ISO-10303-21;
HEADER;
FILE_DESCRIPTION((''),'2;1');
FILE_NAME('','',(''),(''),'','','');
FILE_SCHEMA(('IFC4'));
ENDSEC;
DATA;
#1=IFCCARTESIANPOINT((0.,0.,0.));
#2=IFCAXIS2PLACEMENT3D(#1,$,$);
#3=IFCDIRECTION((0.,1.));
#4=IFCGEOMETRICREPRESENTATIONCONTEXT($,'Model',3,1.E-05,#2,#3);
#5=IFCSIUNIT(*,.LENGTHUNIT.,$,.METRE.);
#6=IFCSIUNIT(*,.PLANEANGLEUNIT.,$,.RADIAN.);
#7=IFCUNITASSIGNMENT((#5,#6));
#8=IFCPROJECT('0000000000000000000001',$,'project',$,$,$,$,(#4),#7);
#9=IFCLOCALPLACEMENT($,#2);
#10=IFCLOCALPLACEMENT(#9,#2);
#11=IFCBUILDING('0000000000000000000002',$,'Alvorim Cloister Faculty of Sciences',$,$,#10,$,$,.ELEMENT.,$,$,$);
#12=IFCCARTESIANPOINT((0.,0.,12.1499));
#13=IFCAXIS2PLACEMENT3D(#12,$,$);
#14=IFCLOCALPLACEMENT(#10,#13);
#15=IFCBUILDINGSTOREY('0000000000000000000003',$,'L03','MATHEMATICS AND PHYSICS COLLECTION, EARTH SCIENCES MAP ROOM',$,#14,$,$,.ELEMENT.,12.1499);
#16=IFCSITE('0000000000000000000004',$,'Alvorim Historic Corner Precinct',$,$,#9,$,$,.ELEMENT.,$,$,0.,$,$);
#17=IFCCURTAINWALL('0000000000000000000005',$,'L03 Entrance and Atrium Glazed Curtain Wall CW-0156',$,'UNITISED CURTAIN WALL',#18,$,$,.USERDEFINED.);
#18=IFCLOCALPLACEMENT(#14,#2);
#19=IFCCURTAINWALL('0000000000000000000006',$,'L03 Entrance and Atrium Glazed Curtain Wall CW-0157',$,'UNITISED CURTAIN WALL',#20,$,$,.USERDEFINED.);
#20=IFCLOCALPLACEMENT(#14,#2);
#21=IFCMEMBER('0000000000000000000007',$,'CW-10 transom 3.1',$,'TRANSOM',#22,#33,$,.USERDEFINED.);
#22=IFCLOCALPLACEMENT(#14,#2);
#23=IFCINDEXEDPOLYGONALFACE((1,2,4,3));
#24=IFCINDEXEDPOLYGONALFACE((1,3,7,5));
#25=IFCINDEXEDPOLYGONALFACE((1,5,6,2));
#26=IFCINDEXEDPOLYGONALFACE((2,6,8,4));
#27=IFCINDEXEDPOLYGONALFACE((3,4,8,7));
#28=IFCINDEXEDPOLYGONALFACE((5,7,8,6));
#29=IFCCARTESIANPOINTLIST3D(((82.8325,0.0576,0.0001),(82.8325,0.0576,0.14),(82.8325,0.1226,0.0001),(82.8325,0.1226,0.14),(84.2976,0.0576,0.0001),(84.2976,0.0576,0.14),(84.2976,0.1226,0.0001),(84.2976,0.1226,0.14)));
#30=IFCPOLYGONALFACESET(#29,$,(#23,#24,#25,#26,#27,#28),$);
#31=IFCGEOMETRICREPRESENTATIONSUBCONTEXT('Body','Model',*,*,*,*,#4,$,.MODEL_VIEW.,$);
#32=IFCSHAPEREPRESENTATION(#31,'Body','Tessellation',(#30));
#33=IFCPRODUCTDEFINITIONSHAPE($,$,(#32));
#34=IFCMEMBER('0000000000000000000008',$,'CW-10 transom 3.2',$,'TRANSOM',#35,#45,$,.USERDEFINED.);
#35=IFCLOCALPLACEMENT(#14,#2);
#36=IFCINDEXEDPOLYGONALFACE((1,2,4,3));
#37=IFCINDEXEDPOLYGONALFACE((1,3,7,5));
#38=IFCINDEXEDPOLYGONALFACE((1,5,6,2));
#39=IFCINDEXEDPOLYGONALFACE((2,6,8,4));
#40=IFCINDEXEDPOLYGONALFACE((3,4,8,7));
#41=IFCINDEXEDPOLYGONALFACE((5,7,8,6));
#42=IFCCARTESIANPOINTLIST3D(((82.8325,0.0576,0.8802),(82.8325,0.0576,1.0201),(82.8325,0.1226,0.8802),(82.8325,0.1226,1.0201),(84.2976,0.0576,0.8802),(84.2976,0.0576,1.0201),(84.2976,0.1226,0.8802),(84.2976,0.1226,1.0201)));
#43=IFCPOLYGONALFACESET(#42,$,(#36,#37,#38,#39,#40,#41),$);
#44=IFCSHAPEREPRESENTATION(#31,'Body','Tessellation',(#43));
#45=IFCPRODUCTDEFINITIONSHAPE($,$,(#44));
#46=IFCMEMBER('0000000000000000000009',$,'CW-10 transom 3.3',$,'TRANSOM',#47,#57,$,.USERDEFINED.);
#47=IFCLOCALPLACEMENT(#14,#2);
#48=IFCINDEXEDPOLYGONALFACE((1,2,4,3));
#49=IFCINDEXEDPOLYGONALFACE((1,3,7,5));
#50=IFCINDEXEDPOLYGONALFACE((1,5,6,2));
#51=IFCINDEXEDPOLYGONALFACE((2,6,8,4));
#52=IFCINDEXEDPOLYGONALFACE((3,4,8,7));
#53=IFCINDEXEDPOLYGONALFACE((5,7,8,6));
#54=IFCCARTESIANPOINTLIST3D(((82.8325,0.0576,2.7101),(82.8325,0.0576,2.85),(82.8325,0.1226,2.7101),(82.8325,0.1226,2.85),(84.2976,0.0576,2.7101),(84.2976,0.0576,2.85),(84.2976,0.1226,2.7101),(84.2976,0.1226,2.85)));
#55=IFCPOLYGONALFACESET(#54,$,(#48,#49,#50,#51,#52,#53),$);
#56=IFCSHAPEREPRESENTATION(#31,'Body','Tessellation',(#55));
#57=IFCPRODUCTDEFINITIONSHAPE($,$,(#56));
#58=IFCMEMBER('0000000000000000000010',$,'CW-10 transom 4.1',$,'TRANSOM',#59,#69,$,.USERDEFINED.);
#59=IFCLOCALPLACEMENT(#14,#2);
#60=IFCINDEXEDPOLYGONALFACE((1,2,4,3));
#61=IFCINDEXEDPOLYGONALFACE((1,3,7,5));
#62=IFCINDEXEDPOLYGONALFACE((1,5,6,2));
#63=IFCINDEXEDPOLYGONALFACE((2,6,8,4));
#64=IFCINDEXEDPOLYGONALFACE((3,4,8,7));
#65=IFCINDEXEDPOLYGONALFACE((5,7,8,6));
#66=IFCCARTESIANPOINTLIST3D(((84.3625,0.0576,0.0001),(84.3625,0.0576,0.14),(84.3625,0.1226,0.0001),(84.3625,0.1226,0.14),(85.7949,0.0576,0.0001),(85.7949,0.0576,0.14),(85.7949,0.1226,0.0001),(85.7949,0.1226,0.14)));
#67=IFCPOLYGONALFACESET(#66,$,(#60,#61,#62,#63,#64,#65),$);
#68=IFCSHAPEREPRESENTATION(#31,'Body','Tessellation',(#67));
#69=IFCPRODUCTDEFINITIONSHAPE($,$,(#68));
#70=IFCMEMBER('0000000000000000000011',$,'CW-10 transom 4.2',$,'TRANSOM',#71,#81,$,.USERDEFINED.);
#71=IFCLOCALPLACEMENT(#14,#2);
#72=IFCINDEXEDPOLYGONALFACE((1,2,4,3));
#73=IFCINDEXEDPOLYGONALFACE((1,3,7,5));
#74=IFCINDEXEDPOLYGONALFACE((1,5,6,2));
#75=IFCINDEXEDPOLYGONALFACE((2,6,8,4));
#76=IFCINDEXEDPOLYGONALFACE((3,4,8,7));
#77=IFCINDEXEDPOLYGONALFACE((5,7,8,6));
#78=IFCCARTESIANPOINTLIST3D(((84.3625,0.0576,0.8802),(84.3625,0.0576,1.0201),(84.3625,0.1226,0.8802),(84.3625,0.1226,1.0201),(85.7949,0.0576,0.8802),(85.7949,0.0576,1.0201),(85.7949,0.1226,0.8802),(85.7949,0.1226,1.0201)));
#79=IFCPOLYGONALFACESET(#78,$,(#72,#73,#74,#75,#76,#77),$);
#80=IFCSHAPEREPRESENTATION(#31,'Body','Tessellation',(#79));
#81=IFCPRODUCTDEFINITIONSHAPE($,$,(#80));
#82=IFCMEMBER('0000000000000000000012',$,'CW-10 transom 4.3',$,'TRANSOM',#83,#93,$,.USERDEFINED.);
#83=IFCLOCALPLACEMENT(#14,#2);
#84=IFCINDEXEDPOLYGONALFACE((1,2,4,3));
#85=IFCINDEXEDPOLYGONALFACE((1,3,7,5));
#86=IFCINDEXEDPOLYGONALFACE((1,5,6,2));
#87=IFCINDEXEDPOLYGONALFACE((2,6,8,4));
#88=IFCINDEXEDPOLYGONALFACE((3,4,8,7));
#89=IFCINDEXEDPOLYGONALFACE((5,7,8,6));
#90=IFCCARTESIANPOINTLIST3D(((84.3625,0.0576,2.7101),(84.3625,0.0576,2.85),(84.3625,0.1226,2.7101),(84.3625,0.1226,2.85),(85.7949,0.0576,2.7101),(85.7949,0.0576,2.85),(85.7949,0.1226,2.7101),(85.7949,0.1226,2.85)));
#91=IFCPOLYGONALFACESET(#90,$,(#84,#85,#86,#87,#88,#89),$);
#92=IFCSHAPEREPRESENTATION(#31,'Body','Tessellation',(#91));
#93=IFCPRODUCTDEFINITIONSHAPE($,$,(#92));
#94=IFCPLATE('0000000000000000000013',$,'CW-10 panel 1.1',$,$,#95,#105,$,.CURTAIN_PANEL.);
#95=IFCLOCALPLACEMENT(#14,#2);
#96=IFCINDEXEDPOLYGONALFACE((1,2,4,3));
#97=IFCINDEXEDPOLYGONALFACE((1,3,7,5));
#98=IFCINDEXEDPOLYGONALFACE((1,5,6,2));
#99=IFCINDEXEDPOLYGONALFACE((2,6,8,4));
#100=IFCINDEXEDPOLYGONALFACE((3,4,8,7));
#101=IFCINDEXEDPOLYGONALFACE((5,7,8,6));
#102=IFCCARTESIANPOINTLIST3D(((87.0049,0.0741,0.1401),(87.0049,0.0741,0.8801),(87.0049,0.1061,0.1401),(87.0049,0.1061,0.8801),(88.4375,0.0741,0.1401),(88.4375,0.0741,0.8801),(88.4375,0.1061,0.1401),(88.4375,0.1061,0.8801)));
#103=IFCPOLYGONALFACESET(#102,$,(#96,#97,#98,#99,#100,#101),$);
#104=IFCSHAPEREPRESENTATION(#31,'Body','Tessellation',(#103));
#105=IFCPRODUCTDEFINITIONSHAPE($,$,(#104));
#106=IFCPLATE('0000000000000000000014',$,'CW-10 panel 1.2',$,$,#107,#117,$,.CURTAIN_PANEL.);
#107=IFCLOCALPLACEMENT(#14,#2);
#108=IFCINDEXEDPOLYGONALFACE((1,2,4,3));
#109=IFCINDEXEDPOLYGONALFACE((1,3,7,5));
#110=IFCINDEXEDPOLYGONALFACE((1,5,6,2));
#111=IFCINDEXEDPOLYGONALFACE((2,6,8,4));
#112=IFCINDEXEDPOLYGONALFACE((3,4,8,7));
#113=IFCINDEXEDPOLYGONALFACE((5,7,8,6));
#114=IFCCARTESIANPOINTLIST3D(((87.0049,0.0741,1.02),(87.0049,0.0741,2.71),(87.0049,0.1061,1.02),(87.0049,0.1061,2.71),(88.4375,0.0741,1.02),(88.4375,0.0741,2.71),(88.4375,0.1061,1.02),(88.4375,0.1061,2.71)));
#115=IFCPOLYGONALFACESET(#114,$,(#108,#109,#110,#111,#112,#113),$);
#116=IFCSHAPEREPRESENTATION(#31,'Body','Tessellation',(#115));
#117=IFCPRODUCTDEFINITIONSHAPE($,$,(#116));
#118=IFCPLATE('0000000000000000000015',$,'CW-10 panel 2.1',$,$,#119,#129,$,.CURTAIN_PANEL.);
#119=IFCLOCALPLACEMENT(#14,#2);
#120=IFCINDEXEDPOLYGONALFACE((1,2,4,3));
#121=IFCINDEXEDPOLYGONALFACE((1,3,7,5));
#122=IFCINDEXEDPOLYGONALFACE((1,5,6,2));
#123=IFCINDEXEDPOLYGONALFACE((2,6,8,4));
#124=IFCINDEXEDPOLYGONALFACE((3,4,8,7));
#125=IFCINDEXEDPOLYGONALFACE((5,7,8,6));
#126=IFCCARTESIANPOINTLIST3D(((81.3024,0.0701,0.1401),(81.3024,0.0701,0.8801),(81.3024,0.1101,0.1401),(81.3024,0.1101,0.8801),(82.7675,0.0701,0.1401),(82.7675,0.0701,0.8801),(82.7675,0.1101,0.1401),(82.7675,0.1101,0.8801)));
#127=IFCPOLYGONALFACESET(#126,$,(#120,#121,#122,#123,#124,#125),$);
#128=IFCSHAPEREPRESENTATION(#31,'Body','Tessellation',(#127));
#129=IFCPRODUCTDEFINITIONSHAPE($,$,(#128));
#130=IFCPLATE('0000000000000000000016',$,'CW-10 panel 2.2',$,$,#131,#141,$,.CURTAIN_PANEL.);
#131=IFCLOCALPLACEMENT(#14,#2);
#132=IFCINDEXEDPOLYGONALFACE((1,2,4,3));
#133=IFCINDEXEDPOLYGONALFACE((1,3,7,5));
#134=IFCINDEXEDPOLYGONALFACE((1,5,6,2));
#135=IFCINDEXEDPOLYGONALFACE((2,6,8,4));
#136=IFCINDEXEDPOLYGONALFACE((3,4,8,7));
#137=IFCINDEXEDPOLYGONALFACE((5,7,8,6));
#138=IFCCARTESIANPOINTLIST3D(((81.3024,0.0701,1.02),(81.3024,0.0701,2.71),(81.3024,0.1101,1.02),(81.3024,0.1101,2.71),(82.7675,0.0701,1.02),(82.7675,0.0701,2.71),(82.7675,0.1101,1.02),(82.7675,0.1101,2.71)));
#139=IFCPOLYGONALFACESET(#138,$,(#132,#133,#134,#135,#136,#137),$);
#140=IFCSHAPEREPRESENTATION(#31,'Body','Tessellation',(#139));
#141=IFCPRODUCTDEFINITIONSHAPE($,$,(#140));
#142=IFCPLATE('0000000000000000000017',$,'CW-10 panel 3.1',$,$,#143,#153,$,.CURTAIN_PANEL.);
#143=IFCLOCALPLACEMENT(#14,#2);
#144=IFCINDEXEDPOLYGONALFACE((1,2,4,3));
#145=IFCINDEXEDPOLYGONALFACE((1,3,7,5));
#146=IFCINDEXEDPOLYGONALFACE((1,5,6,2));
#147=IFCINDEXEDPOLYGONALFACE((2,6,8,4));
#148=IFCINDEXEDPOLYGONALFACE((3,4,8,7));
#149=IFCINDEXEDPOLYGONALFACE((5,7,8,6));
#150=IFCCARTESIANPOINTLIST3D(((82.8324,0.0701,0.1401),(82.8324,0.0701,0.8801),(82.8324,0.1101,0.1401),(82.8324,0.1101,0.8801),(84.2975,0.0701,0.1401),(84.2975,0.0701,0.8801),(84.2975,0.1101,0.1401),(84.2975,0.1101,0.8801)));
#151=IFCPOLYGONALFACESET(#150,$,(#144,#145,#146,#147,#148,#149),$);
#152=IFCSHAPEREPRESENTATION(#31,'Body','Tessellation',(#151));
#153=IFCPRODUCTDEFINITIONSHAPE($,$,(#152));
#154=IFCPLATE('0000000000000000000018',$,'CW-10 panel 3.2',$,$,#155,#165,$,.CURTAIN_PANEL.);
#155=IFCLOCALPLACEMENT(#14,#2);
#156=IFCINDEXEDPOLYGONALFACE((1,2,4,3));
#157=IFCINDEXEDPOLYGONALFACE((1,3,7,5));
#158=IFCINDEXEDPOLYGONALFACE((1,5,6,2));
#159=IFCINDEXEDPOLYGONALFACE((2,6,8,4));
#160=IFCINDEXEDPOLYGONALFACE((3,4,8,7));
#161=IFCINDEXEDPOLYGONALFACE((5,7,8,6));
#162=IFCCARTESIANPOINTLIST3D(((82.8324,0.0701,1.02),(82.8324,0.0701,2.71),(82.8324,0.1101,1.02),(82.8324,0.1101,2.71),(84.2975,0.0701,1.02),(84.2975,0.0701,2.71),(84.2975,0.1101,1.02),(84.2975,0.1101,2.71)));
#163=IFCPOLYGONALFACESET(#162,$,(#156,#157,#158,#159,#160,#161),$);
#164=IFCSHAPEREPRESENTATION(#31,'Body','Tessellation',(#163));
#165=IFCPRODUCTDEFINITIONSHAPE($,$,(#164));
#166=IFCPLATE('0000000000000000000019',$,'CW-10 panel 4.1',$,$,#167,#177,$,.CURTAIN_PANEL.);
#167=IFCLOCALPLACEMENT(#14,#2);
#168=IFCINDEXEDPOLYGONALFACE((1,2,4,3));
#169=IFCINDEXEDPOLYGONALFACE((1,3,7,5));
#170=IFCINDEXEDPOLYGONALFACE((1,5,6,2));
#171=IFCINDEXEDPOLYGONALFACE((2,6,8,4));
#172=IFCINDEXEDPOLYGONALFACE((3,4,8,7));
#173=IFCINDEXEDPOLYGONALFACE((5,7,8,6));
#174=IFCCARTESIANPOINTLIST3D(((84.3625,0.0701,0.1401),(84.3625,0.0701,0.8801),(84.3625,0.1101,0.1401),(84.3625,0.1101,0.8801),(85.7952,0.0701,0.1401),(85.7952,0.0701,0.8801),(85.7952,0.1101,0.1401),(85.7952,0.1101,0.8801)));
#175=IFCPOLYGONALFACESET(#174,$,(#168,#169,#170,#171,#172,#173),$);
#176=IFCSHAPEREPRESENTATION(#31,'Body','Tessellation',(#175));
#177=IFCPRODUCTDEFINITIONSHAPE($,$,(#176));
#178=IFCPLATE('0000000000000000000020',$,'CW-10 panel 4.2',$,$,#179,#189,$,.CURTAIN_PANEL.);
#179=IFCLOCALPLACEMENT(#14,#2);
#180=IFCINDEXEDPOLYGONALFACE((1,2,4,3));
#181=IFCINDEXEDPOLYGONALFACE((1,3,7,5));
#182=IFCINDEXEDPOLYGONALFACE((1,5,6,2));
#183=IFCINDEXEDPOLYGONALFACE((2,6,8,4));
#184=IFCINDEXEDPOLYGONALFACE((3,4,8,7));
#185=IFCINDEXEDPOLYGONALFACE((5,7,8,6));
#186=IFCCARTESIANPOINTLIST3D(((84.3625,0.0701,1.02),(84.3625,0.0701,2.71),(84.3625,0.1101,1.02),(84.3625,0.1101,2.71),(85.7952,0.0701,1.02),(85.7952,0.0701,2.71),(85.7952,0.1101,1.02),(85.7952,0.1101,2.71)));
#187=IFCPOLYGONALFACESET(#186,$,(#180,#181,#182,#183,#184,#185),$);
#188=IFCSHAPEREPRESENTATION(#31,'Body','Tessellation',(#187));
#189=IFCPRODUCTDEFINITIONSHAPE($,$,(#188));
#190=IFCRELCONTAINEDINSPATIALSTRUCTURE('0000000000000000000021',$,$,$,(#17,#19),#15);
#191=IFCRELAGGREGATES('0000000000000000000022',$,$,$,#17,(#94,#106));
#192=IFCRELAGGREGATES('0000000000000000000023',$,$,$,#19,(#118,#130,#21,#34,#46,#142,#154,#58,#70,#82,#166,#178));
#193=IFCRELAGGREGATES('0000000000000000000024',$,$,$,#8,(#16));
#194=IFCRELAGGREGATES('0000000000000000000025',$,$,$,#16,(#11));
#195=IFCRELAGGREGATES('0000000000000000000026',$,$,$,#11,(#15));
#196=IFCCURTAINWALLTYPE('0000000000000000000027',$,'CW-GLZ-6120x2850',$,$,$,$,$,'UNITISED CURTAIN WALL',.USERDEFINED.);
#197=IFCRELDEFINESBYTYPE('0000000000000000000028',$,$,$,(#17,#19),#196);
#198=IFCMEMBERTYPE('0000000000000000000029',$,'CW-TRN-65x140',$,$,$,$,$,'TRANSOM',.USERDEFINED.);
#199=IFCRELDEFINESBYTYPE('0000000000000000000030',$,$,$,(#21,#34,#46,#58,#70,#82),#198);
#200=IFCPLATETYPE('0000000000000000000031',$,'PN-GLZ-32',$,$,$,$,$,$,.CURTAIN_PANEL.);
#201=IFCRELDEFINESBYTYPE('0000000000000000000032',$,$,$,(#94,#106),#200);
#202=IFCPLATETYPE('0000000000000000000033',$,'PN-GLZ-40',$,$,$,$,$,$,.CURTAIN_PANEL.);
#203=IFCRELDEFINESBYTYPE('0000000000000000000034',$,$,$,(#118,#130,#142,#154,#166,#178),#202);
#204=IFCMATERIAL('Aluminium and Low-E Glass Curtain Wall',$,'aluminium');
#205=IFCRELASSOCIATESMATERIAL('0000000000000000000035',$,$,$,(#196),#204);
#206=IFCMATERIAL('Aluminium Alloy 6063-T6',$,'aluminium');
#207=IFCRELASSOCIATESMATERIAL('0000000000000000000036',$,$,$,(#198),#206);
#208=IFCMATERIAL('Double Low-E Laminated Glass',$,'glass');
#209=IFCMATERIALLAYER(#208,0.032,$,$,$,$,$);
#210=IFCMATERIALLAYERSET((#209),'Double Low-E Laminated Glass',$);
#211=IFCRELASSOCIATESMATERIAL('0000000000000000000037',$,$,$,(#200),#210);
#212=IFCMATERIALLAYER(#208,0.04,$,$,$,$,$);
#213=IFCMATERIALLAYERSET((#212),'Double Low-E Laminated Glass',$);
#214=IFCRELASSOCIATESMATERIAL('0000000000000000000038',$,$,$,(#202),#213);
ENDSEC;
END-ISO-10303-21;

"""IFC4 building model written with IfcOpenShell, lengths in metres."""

from ifc_helpers import new_model, si_unit, direction, frame, origin, origin_2d, place, context, subcontext, project, spatial, rectangle, extrude, material, layer, layer_set, material_profile, profile_set, type_object, element, aggregate, save


model = new_model("IFC4")

# Units and contexts
model_context = context("Model", 3, precision=1e-05, world=origin(), true_north=direction((0.0, 1.0)))
body_context = subcontext(model_context, "Body", "Model", "MODEL_VIEW")
ifc_project = project(units=[si_unit("LENGTHUNIT", "METRE"), si_unit("PLANEANGLEUNIT", "RADIAN")], contexts=[model_context])

# Site, building, storey
site_placement = place(None, origin())
site = spatial("IfcSite", under=ifc_project, at=site_placement, Name="Alvorim Historic Corner Precinct", CompositionType="ELEMENT", RefElevation=0.0)
building_placement = place(site_placement, origin())
building = spatial("IfcBuilding", under=site, at=building_placement, Name="Alvorim Cloister Faculty of Sciences", CompositionType="ELEMENT")
storey_placement = place(building_placement, frame((0.0, 0.0, 12.1499)))
storey = spatial("IfcBuildingStorey", under=building, at=storey_placement, Name="L03", Description="MATHEMATICS AND PHYSICS COLLECTION, EARTH SCIENCES MAP ROOM", CompositionType="ELEMENT", Elevation=12.1499)

# Curtain walls
ifc_material_1 = material(Name="Aluminium and Low-E Glass Curtain Wall", Category="aluminium")
curtain_wall_type = type_object("IfcCurtainWallType", Name="CW-GLZ-6120x2850", ElementType="UNITISED CURTAIN WALL", PredefinedType="USERDEFINED", material=ifc_material_1)
curtain_wall_1_placement = place(storey_placement, origin())
curtain_wall_1 = element("IfcCurtainWall", 1, at=curtain_wall_1_placement, inside=storey, type_object=curtain_wall_type, Name="L03 Entrance and Atrium Glazed Curtain Wall CW-0156", ObjectType="UNITISED CURTAIN WALL", PredefinedType="USERDEFINED")
ifc_material_2 = material(Name="Aluminium Alloy 6063-T6", Category="aluminium")
curtain_wall_2_placement = place(storey_placement, origin())
curtain_wall_2 = element("IfcCurtainWall", 2, at=curtain_wall_2_placement, inside=storey, type_object=curtain_wall_type, Name="L03 Entrance and Atrium Glazed Curtain Wall CW-0157", ObjectType="UNITISED CURTAIN WALL", PredefinedType="USERDEFINED")

# Members
ifc_material_profile_1 = material_profile(ifc_material_2, rectangle(XDim=0.0649, YDim=0.1399, at=origin_2d()), Name="ALU-TRN-65x140")
ifc_profile_set_1 = profile_set([ifc_material_profile_1], Name="Aluminium Alloy 6063-T6")
member_type_1 = type_object("IfcMemberType", Name="CW-TRN-65x140", ElementType="TRANSOM", PredefinedType="USERDEFINED", material=ifc_profile_set_1)
member_1_placement = place(storey_placement, frame((82.8325, 0.0901, 0.0701), z_axis=(1.0, 0.0, 0.0), x_axis=(0.0, 1.0, 0.0)))
member_1 = element("IfcMember", 3, at=member_1_placement, type_object=member_type_1, Name="CW-10 transom 3.1", ObjectType="TRANSOM", PredefinedType="USERDEFINED", context=body_context, shape_type="SweptSolid", body=[
    extrude(rectangle(XDim=0.0649, YDim=0.1399, at=origin_2d()), origin(), (0.0, 0.0, 1.0), 1.4651),
])
member_2_placement = place(storey_placement, frame((82.8325, 0.0901, 0.9502), z_axis=(1.0, 0.0, 0.0), x_axis=(0.0, 1.0, 0.0)))
member_2 = element("IfcMember", 4, at=member_2_placement, type_object=member_type_1, Name="CW-10 transom 3.2", ObjectType="TRANSOM", PredefinedType="USERDEFINED", context=body_context, shape_type="SweptSolid", body=[
    extrude(rectangle(XDim=0.0649, YDim=0.1399, at=origin_2d()), origin(), (0.0, 0.0, 1.0), 1.4651),
])
member_3_placement = place(storey_placement, frame((82.8325, 0.0901, 2.78), z_axis=(1.0, 0.0, 0.0), x_axis=(0.0, 1.0, 0.0)))
member_3 = element("IfcMember", 5, at=member_3_placement, type_object=member_type_1, Name="CW-10 transom 3.3", ObjectType="TRANSOM", PredefinedType="USERDEFINED", context=body_context, shape_type="SweptSolid", body=[
    extrude(rectangle(XDim=0.0649, YDim=0.1399, at=origin_2d()), origin(), (0.0, 0.0, 1.0), 1.4651),
])
member_4_placement = place(storey_placement, frame((84.3625, 0.0901, 0.0701), z_axis=(1.0, 0.0, 0.0), x_axis=(0.0, 1.0, 0.0)))
member_4 = element("IfcMember", 6, at=member_4_placement, type_object=member_type_1, Name="CW-10 transom 4.1", ObjectType="TRANSOM", PredefinedType="USERDEFINED", context=body_context, shape_type="SweptSolid", body=[
    extrude(rectangle(XDim=0.0649, YDim=0.1399, at=origin_2d()), origin(), (0.0, 0.0, 1.0), 1.4324),
])
member_5_placement = place(storey_placement, frame((84.3625, 0.0901, 0.9502), z_axis=(1.0, 0.0, 0.0), x_axis=(0.0, 1.0, 0.0)))
member_5 = element("IfcMember", 7, at=member_5_placement, type_object=member_type_1, Name="CW-10 transom 4.2", ObjectType="TRANSOM", PredefinedType="USERDEFINED", context=body_context, shape_type="SweptSolid", body=[
    extrude(rectangle(XDim=0.0649, YDim=0.1399, at=origin_2d()), origin(), (0.0, 0.0, 1.0), 1.4324),
])
member_6_placement = place(storey_placement, frame((84.3625, 0.0901, 2.78), z_axis=(1.0, 0.0, 0.0), x_axis=(0.0, 1.0, 0.0)))
member_6 = element("IfcMember", 8, at=member_6_placement, type_object=member_type_1, Name="CW-10 transom 4.3", ObjectType="TRANSOM", PredefinedType="USERDEFINED", context=body_context, shape_type="SweptSolid", body=[
    extrude(rectangle(XDim=0.0649, YDim=0.1399, at=origin_2d()), origin(), (0.0, 0.0, 1.0), 1.4324),
])

# Plates
ifc_material_3 = material(Name="Double Low-E Laminated Glass", Category="glass")
ifc_layer_1 = layer(ifc_material_3, 0.032)
ifc_layer_set_1 = layer_set([ifc_layer_1], Name="Double Low-E Laminated Glass")
plate_type_1 = type_object("IfcPlateType", Name="PN-GLZ-32", PredefinedType="CURTAIN_PANEL", material=ifc_layer_set_1)
plate_1_placement = place(storey_placement, frame((87.7212, 0.0901, 0.1401), z_axis=(0.0, 0.0, 1.0), x_axis=(1.0, 0.0, 0.0)))
plate_1 = element("IfcPlate", 9, at=plate_1_placement, type_object=plate_type_1, Name="CW-10 panel 1.1", PredefinedType="CURTAIN_PANEL", context=body_context, shape_type="SweptSolid", body=[
    extrude(rectangle(XDim=1.4326, YDim=0.032, at=origin_2d()), origin(), (0.0, 0.0, 1.0), 0.74),
])
plate_2_placement = place(storey_placement, frame((87.7212, 0.0901, 1.02), z_axis=(0.0, 0.0, 1.0), x_axis=(1.0, 0.0, 0.0)))
plate_2 = element("IfcPlate", 10, at=plate_2_placement, type_object=plate_type_1, Name="CW-10 panel 1.2", PredefinedType="CURTAIN_PANEL", context=body_context, shape_type="SweptSolid", body=[
    extrude(rectangle(XDim=1.4326, YDim=0.032, at=origin_2d()), origin(), (0.0, 0.0, 1.0), 1.6899),
])
aggregate(curtain_wall_1, [plate_1, plate_2])
ifc_layer_2 = layer(ifc_material_3, 0.04)
ifc_layer_set_2 = layer_set([ifc_layer_2], Name="Double Low-E Laminated Glass")
plate_type_2 = type_object("IfcPlateType", Name="PN-GLZ-40", PredefinedType="CURTAIN_PANEL", material=ifc_layer_set_2)
plate_3_placement = place(storey_placement, frame((82.0349, 0.0901, 0.1401), z_axis=(0.0, 0.0, 1.0), x_axis=(1.0, 0.0, 0.0)))
plate_3 = element("IfcPlate", 11, at=plate_3_placement, type_object=plate_type_2, Name="CW-10 panel 2.1", PredefinedType="CURTAIN_PANEL", context=body_context, shape_type="SweptSolid", body=[
    extrude(rectangle(XDim=1.4651, YDim=0.04, at=origin_2d()), origin(), (0.0, 0.0, 1.0), 0.74),
])
plate_4_placement = place(storey_placement, frame((82.0349, 0.0901, 1.02), z_axis=(0.0, 0.0, 1.0), x_axis=(1.0, 0.0, 0.0)))
plate_4 = element("IfcPlate", 12, at=plate_4_placement, type_object=plate_type_2, Name="CW-10 panel 2.2", PredefinedType="CURTAIN_PANEL", context=body_context, shape_type="SweptSolid", body=[
    extrude(rectangle(XDim=1.4651, YDim=0.04, at=origin_2d()), origin(), (0.0, 0.0, 1.0), 1.6899),
])
plate_5_placement = place(storey_placement, frame((83.5649, 0.0901, 0.1401), z_axis=(0.0, 0.0, 1.0), x_axis=(1.0, 0.0, 0.0)))
plate_5 = element("IfcPlate", 13, at=plate_5_placement, type_object=plate_type_2, Name="CW-10 panel 3.1", PredefinedType="CURTAIN_PANEL", context=body_context, shape_type="SweptSolid", body=[
    extrude(rectangle(XDim=1.4651, YDim=0.04, at=origin_2d()), origin(), (0.0, 0.0, 1.0), 0.74),
])
plate_6_placement = place(storey_placement, frame((83.5649, 0.0901, 1.02), z_axis=(0.0, 0.0, 1.0), x_axis=(1.0, 0.0, 0.0)))
plate_6 = element("IfcPlate", 14, at=plate_6_placement, type_object=plate_type_2, Name="CW-10 panel 3.2", PredefinedType="CURTAIN_PANEL", context=body_context, shape_type="SweptSolid", body=[
    extrude(rectangle(XDim=1.4651, YDim=0.04, at=origin_2d()), origin(), (0.0, 0.0, 1.0), 1.6899),
])
plate_7_placement = place(storey_placement, frame((85.0789, 0.0901, 0.1401), z_axis=(0.0, 0.0, 1.0), x_axis=(1.0, 0.0, 0.0)))
plate_7 = element("IfcPlate", 15, at=plate_7_placement, type_object=plate_type_2, Name="CW-10 panel 4.1", PredefinedType="CURTAIN_PANEL", context=body_context, shape_type="SweptSolid", body=[
    extrude(rectangle(XDim=1.4326, YDim=0.04, at=origin_2d()), origin(), (0.0, 0.0, 1.0), 0.74),
])
plate_8_placement = place(storey_placement, frame((85.0789, 0.0901, 1.02), z_axis=(0.0, 0.0, 1.0), x_axis=(1.0, 0.0, 0.0)))
plate_8 = element("IfcPlate", 16, at=plate_8_placement, type_object=plate_type_2, Name="CW-10 panel 4.2", PredefinedType="CURTAIN_PANEL", context=body_context, shape_type="SweptSolid", body=[
    extrude(rectangle(XDim=1.4326, YDim=0.04, at=origin_2d()), origin(), (0.0, 0.0, 1.0), 1.6899),
])
aggregate(curtain_wall_2, [plate_3, plate_4, member_1, member_2, member_3, plate_5, plate_6, member_4, member_5, member_6, plate_7, plate_8])

save(model, "model.ifc")
